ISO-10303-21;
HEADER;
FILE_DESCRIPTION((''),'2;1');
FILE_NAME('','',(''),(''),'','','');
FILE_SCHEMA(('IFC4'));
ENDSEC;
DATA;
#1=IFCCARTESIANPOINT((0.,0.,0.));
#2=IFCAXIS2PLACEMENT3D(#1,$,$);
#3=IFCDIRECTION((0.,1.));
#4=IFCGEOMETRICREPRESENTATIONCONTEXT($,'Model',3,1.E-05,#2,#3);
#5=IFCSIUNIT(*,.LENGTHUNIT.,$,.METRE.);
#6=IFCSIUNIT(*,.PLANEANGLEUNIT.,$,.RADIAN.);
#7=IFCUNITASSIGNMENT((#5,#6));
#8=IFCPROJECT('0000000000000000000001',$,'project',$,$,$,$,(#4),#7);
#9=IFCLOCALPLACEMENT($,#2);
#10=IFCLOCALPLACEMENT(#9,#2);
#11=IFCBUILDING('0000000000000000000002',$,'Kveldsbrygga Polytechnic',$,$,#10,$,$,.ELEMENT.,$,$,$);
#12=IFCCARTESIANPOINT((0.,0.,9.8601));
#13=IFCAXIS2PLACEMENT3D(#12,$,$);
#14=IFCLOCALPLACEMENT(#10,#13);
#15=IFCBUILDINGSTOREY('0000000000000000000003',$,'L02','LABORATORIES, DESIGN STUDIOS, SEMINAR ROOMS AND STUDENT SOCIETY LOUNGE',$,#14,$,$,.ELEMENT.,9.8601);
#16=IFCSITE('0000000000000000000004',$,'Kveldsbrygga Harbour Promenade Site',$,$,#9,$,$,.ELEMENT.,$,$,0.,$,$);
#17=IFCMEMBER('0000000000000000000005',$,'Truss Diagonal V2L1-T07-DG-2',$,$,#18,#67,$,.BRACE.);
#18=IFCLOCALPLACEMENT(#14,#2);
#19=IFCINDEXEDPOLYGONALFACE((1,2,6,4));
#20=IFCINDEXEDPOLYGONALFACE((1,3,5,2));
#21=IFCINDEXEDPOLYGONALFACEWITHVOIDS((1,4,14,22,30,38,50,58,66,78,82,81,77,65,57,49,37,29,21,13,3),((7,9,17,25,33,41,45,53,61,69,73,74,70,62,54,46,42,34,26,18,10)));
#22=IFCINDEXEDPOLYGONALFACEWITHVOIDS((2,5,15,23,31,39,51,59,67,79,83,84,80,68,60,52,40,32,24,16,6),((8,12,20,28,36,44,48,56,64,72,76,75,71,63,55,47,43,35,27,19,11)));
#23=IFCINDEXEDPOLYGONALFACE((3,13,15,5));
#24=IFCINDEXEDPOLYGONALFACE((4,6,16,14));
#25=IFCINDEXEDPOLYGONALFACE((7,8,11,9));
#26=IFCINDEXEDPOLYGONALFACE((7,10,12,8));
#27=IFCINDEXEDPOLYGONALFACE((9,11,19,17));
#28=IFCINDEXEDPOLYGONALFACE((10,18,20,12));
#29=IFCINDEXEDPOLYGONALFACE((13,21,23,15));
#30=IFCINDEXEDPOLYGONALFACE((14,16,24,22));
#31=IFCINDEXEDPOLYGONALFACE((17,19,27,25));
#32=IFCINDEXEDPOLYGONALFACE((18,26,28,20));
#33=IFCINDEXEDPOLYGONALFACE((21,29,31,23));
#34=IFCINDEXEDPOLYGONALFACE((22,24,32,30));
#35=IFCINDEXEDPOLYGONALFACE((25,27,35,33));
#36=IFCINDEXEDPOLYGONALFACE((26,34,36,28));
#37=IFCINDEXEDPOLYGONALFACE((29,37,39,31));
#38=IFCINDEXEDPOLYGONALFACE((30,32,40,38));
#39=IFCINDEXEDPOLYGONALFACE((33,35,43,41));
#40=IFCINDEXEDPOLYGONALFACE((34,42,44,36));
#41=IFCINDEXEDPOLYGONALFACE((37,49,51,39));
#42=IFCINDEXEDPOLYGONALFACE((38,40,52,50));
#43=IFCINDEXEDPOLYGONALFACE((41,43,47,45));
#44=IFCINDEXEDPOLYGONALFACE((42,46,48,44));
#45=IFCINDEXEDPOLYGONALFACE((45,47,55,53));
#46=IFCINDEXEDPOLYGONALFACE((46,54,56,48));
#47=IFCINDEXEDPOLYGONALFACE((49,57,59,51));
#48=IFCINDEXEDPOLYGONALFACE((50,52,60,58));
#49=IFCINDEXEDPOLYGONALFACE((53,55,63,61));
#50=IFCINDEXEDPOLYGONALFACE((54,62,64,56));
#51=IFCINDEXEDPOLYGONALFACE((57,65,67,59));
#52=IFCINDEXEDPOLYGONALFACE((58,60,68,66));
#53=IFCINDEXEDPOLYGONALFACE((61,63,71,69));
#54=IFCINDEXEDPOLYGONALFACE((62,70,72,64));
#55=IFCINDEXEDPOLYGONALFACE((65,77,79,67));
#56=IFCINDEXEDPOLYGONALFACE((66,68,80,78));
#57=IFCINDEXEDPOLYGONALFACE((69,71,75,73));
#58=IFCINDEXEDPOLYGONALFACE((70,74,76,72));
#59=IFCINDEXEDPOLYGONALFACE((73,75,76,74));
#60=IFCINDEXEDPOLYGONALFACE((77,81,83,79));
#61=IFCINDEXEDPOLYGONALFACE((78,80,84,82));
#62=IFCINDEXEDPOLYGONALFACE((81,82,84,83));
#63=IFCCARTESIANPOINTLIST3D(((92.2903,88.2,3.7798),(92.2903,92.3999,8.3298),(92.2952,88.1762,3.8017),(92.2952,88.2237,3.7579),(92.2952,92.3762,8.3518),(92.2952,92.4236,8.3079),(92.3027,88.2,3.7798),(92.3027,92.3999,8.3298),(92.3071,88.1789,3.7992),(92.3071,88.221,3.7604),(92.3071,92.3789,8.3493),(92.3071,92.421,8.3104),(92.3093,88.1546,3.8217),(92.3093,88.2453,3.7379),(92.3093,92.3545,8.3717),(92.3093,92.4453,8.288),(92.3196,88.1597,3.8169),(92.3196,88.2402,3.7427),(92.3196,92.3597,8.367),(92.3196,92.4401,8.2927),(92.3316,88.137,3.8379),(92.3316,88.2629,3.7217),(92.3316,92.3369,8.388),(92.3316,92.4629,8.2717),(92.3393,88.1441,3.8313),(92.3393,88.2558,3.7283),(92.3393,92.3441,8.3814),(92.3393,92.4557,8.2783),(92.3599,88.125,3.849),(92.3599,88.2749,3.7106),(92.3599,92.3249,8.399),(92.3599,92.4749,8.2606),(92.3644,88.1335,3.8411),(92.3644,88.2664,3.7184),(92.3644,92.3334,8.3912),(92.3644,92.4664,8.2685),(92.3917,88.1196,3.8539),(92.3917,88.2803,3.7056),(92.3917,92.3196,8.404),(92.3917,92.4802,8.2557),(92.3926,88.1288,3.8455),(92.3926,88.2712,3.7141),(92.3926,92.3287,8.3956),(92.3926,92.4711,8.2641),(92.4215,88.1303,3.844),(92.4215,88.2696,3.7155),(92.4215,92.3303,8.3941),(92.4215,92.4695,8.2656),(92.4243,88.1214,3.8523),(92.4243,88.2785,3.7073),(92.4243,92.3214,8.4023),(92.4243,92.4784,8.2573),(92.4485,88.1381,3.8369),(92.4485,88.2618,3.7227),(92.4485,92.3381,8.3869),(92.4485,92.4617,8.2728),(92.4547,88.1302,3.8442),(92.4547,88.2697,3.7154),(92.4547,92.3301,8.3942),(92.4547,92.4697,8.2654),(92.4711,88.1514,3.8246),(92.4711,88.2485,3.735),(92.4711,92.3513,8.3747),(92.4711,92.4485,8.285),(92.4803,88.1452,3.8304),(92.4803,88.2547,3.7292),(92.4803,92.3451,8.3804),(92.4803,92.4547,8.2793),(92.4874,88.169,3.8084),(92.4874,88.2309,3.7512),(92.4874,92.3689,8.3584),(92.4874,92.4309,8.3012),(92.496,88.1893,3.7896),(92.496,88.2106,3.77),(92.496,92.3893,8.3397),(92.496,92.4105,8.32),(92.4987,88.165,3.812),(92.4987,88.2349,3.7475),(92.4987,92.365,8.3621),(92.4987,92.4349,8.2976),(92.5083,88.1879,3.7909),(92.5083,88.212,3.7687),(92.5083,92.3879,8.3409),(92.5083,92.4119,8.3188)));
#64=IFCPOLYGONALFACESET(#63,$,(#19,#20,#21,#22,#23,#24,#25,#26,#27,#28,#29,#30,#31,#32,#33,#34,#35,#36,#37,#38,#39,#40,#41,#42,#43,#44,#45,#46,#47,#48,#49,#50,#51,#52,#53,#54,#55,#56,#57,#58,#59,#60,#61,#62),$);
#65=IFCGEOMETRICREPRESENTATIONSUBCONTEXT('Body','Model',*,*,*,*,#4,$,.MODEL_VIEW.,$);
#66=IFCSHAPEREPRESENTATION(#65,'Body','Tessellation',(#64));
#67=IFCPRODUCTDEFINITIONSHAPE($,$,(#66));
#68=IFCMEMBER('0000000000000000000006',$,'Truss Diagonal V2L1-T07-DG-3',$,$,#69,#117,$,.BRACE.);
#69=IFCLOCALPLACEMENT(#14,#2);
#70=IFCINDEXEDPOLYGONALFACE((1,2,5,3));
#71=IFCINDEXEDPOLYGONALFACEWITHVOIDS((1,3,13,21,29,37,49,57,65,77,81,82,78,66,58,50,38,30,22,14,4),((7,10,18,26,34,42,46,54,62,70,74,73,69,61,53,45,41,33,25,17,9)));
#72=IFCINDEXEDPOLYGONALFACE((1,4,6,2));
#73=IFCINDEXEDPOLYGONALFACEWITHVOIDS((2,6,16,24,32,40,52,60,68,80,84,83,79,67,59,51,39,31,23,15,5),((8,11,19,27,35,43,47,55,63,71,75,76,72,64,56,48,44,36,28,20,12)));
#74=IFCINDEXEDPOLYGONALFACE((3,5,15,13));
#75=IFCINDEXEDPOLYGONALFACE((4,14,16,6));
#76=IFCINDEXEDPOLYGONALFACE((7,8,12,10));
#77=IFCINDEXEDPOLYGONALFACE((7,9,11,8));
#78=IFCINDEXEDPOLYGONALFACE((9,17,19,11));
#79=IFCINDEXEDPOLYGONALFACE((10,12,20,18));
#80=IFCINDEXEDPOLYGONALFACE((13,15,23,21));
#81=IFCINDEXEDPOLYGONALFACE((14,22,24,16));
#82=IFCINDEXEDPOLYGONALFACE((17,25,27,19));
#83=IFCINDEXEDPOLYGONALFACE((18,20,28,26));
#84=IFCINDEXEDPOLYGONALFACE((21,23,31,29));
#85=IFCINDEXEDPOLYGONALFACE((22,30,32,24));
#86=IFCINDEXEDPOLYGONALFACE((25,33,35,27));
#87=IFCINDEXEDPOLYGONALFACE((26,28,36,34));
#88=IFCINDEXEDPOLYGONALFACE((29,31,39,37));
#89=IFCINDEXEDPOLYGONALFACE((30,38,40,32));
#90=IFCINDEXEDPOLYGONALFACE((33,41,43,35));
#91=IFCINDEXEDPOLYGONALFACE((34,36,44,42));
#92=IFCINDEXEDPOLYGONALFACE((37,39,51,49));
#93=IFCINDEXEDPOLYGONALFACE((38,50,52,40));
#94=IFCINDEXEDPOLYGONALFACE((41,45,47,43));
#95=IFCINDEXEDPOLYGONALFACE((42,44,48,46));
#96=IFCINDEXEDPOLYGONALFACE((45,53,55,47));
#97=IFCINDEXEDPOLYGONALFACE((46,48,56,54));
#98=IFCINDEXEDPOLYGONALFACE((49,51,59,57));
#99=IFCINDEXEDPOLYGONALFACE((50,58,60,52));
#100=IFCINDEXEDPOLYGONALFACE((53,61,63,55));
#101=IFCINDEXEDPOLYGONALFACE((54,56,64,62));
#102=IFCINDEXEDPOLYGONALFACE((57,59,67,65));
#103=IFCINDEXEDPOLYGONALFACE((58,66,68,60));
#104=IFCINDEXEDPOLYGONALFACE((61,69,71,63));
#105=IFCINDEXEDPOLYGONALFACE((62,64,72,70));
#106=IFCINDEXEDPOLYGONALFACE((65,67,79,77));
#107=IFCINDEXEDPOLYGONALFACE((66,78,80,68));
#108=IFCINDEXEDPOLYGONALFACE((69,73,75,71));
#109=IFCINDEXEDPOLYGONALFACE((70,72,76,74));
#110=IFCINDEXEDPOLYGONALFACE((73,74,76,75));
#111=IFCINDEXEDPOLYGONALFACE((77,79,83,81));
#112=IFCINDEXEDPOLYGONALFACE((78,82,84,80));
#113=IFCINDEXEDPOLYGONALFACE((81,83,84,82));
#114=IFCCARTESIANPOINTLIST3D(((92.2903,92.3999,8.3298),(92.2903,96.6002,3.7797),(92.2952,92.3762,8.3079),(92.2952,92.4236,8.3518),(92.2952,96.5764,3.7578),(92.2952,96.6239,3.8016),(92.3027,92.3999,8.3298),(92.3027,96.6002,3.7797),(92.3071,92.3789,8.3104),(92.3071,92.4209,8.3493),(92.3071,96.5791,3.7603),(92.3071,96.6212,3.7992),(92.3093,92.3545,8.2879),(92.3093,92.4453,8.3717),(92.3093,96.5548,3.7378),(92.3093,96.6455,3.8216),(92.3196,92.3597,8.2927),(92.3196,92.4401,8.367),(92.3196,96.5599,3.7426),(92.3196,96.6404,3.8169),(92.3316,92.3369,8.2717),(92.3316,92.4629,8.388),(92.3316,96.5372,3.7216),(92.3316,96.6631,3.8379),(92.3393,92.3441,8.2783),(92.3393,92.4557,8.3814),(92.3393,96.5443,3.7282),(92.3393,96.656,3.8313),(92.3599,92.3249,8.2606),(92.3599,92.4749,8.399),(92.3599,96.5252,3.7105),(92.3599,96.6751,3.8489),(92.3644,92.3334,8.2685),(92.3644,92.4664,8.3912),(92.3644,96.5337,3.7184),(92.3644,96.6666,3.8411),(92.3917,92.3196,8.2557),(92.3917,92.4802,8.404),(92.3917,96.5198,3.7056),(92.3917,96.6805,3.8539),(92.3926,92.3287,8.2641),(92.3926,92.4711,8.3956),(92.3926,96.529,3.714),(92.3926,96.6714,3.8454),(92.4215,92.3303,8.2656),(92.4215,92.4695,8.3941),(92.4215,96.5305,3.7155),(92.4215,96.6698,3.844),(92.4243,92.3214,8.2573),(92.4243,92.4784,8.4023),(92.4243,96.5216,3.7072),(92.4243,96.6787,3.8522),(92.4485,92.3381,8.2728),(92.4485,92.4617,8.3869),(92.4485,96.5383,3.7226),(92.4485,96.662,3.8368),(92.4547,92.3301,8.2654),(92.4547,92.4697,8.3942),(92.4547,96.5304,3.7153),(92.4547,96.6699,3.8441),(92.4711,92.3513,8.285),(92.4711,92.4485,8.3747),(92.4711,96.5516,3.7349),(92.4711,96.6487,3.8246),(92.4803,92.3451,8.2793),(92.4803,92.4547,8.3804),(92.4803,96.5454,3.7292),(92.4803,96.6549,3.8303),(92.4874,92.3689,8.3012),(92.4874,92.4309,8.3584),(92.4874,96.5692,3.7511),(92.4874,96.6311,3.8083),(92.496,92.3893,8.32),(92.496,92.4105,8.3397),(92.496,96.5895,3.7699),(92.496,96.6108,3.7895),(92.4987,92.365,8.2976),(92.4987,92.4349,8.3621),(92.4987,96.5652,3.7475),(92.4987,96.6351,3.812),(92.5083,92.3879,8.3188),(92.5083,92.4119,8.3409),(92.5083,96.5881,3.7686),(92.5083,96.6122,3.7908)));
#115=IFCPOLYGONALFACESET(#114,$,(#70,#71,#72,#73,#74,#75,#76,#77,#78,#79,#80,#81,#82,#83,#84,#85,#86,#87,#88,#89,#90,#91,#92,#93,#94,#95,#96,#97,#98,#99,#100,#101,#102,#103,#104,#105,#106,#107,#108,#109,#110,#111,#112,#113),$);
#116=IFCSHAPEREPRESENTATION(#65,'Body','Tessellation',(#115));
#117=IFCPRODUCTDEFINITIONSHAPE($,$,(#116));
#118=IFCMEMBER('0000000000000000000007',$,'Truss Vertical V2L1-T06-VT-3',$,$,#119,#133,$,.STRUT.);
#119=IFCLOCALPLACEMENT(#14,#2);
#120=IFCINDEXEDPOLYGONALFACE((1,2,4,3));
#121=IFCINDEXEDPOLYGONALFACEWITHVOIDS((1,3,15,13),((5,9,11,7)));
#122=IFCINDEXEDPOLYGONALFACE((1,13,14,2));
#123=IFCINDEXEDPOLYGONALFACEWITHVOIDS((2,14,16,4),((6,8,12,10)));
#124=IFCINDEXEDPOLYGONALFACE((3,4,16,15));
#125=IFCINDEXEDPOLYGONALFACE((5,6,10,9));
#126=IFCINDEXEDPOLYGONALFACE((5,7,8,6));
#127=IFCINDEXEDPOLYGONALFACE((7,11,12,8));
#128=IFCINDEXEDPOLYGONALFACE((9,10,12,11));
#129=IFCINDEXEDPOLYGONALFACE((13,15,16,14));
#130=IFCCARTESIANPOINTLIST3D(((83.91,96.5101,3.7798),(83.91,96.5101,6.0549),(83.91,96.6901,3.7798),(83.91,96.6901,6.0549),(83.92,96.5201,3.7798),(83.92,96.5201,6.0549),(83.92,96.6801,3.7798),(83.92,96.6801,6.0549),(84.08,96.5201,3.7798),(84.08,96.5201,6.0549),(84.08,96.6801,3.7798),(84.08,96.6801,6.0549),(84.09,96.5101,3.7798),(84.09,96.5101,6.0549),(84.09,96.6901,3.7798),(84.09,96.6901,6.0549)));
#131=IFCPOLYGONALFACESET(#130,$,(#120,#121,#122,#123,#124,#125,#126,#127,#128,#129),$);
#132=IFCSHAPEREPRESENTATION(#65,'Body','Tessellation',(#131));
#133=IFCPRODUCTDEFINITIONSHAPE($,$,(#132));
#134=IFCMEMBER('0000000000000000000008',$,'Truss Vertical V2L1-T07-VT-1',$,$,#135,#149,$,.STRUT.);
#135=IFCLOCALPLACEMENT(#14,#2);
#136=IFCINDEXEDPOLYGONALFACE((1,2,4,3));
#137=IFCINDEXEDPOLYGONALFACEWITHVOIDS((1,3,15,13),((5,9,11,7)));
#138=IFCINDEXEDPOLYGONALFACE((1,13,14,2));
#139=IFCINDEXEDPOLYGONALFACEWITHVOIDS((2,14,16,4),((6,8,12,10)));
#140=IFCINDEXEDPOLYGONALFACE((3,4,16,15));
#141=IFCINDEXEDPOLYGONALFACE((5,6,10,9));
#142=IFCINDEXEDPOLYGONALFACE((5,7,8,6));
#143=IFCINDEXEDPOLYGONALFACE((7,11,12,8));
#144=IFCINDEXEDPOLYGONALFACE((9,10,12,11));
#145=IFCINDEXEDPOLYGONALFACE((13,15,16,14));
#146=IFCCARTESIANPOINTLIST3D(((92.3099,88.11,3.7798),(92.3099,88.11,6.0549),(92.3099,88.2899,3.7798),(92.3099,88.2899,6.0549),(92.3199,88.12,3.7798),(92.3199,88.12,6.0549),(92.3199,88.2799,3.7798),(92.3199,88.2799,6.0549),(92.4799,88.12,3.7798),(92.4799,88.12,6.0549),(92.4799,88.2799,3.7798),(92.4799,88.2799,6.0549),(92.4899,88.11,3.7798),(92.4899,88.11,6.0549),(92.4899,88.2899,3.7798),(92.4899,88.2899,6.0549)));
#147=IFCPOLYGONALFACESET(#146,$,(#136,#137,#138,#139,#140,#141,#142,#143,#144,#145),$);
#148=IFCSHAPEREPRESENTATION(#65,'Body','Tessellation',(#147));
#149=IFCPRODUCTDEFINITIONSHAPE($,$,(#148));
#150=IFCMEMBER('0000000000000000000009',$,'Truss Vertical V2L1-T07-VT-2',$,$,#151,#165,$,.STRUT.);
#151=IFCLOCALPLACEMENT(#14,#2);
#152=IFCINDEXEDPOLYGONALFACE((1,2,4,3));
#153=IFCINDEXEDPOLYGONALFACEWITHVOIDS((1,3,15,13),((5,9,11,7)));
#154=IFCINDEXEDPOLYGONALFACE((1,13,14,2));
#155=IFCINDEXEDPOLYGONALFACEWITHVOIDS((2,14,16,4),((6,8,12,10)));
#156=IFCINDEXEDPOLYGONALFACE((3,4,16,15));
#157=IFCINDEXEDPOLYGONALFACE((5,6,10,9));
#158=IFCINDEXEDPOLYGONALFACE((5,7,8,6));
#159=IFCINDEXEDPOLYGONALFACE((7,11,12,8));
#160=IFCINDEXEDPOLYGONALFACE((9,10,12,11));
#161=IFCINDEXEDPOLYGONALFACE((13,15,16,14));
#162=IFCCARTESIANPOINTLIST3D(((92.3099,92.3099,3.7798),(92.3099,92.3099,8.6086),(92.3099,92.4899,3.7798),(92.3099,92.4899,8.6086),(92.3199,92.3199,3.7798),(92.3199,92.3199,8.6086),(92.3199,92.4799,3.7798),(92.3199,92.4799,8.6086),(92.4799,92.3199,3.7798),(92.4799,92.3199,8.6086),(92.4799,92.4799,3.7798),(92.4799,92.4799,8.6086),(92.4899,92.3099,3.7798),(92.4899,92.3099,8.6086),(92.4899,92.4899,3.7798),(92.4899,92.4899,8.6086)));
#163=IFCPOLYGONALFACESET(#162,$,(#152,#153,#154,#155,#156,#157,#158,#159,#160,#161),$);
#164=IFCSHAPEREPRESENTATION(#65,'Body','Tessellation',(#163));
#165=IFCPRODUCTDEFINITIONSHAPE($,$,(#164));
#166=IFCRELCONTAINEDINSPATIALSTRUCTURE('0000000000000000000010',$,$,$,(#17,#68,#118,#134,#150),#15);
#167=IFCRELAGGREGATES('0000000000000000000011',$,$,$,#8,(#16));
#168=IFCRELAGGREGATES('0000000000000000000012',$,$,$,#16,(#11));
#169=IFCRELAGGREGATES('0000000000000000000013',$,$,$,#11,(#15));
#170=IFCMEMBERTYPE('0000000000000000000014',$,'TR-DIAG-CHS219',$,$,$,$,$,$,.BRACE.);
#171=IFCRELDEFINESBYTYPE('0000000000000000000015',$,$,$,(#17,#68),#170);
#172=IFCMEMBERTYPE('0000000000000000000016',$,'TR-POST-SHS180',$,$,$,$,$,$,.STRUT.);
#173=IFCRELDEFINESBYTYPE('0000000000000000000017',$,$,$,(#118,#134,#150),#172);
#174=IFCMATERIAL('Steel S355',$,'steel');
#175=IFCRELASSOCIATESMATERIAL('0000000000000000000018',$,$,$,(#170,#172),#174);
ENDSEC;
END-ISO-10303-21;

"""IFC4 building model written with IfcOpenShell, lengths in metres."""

from ifc_helpers import new_model, si_unit, direction, frame, origin, origin_2d, place, context, subcontext, project, spatial, hollow_rectangle, hollow_circle, extrude, material, material_profile, profile_set, type_object, element, save


model = new_model("IFC4")

# Units and contexts
model_context = context("Model", 3, precision=1e-05, world=origin(), true_north=direction((0.0, 1.0)))
body_context = subcontext(model_context, "Body", "Model", "MODEL_VIEW")
ifc_project = project(units=[si_unit("LENGTHUNIT", "METRE"), si_unit("PLANEANGLEUNIT", "RADIAN")], contexts=[model_context])

# Site, building, storey
site_placement = place(None, origin())
site = spatial("IfcSite", under=ifc_project, at=site_placement, Name="Kveldsbrygga Harbour Promenade Site", CompositionType="ELEMENT", RefElevation=0.0)
building_placement = place(site_placement, origin())
building = spatial("IfcBuilding", under=site, at=building_placement, Name="Kveldsbrygga Polytechnic", CompositionType="ELEMENT")
storey_placement = place(building_placement, frame((0.0, 0.0, 9.8601)))
storey = spatial("IfcBuildingStorey", under=building, at=storey_placement, Name="L02", Description="LABORATORIES, DESIGN STUDIOS, SEMINAR ROOMS AND STUDENT SOCIETY LOUNGE", CompositionType="ELEMENT", Elevation=9.8601)

# Members
ifc_material_1 = material(Name="Steel S355", Category="steel")
ifc_material_profile_1 = material_profile(ifc_material_1, hollow_circle(Radius=0.1096, WallThickness=0.0125, at=origin_2d()), Name="CHS 219.1x12.5")
ifc_profile_set_1 = profile_set([ifc_material_profile_1], Name="Steel S355")
member_type_1 = type_object("IfcMemberType", Name="TR-DIAG-CHS219", PredefinedType="BRACE", material=ifc_profile_set_1)
member_1_placement = place(storey_placement, frame((92.3999, 88.2, 3.7798), z_axis=(0.0, 0.678272, 0.734811), x_axis=(-1.0, 0.0, 0.0)))
element("IfcMember", 1, at=member_1_placement, inside=storey, type_object=member_type_1, Name="Truss Diagonal V2L1-T07-DG-2", PredefinedType="BRACE", context=body_context, shape_type="SweptSolid", body=[
    extrude(hollow_circle(Radius=0.1096, WallThickness=0.0125, at=origin_2d()), origin(), (0.0, 0.0, 1.0), 6.1921),
])
member_2_placement = place(storey_placement, frame((92.3999, 92.3999, 8.3298), z_axis=(0.0, 0.678293, -0.734791), x_axis=(-1.0, 0.0, 0.0)))
element("IfcMember", 2, at=member_2_placement, inside=storey, type_object=member_type_1, Name="Truss Diagonal V2L1-T07-DG-3", PredefinedType="BRACE", context=body_context, shape_type="SweptSolid", body=[
    extrude(hollow_circle(Radius=0.1096, WallThickness=0.0125, at=origin_2d()), origin(), (0.0, 0.0, 1.0), 6.1924),
])
ifc_material_profile_2 = material_profile(ifc_material_1, hollow_rectangle(XDim=0.1799, YDim=0.1799, WallThickness=0.01, at=origin_2d()), Name="SHS 180x180x10.0")
ifc_profile_set_2 = profile_set([ifc_material_profile_2], Name="Steel S355")
member_type_2 = type_object("IfcMemberType", Name="TR-POST-SHS180", PredefinedType="STRUT", material=ifc_profile_set_2)
for number, where, z_axis, x_axis, name in (
    (3, (84.0, 96.6001, 3.7798), (0.0, 0.0, 1.0), (1.0, 0.0, 0.0), "Truss Vertical V2L1-T06-VT-3"),
    (4, (92.3999, 88.2, 3.7798), (0.0, 0.0, 1.0), (1.0, 0.0, 0.0), "Truss Vertical V2L1-T07-VT-1"),
):
    element("IfcMember", number, at=place(storey_placement, frame(where, z_axis=z_axis, x_axis=x_axis)), inside=storey, type_object=member_type_2, Name=name, PredefinedType="STRUT", context=body_context, shape_type="SweptSolid", body=[
        extrude(hollow_rectangle(XDim=0.1799, YDim=0.1799, WallThickness=0.01, at=origin_2d()), origin(), (0.0, 0.0, 1.0), 2.2751),
    ])
member_3_placement = place(storey_placement, frame((92.3999, 92.3999, 3.7798), z_axis=(0.0, 0.0, 1.0), x_axis=(1.0, 0.0, 0.0)))
element("IfcMember", 5, at=member_3_placement, inside=storey, type_object=member_type_2, Name="Truss Vertical V2L1-T07-VT-2", PredefinedType="STRUT", context=body_context, shape_type="SweptSolid", body=[
    extrude(hollow_rectangle(XDim=0.1799, YDim=0.1799, WallThickness=0.01, at=origin_2d()), origin(), (0.0, 0.0, 1.0), 4.8289),
])

save(model, "model.ifc")
